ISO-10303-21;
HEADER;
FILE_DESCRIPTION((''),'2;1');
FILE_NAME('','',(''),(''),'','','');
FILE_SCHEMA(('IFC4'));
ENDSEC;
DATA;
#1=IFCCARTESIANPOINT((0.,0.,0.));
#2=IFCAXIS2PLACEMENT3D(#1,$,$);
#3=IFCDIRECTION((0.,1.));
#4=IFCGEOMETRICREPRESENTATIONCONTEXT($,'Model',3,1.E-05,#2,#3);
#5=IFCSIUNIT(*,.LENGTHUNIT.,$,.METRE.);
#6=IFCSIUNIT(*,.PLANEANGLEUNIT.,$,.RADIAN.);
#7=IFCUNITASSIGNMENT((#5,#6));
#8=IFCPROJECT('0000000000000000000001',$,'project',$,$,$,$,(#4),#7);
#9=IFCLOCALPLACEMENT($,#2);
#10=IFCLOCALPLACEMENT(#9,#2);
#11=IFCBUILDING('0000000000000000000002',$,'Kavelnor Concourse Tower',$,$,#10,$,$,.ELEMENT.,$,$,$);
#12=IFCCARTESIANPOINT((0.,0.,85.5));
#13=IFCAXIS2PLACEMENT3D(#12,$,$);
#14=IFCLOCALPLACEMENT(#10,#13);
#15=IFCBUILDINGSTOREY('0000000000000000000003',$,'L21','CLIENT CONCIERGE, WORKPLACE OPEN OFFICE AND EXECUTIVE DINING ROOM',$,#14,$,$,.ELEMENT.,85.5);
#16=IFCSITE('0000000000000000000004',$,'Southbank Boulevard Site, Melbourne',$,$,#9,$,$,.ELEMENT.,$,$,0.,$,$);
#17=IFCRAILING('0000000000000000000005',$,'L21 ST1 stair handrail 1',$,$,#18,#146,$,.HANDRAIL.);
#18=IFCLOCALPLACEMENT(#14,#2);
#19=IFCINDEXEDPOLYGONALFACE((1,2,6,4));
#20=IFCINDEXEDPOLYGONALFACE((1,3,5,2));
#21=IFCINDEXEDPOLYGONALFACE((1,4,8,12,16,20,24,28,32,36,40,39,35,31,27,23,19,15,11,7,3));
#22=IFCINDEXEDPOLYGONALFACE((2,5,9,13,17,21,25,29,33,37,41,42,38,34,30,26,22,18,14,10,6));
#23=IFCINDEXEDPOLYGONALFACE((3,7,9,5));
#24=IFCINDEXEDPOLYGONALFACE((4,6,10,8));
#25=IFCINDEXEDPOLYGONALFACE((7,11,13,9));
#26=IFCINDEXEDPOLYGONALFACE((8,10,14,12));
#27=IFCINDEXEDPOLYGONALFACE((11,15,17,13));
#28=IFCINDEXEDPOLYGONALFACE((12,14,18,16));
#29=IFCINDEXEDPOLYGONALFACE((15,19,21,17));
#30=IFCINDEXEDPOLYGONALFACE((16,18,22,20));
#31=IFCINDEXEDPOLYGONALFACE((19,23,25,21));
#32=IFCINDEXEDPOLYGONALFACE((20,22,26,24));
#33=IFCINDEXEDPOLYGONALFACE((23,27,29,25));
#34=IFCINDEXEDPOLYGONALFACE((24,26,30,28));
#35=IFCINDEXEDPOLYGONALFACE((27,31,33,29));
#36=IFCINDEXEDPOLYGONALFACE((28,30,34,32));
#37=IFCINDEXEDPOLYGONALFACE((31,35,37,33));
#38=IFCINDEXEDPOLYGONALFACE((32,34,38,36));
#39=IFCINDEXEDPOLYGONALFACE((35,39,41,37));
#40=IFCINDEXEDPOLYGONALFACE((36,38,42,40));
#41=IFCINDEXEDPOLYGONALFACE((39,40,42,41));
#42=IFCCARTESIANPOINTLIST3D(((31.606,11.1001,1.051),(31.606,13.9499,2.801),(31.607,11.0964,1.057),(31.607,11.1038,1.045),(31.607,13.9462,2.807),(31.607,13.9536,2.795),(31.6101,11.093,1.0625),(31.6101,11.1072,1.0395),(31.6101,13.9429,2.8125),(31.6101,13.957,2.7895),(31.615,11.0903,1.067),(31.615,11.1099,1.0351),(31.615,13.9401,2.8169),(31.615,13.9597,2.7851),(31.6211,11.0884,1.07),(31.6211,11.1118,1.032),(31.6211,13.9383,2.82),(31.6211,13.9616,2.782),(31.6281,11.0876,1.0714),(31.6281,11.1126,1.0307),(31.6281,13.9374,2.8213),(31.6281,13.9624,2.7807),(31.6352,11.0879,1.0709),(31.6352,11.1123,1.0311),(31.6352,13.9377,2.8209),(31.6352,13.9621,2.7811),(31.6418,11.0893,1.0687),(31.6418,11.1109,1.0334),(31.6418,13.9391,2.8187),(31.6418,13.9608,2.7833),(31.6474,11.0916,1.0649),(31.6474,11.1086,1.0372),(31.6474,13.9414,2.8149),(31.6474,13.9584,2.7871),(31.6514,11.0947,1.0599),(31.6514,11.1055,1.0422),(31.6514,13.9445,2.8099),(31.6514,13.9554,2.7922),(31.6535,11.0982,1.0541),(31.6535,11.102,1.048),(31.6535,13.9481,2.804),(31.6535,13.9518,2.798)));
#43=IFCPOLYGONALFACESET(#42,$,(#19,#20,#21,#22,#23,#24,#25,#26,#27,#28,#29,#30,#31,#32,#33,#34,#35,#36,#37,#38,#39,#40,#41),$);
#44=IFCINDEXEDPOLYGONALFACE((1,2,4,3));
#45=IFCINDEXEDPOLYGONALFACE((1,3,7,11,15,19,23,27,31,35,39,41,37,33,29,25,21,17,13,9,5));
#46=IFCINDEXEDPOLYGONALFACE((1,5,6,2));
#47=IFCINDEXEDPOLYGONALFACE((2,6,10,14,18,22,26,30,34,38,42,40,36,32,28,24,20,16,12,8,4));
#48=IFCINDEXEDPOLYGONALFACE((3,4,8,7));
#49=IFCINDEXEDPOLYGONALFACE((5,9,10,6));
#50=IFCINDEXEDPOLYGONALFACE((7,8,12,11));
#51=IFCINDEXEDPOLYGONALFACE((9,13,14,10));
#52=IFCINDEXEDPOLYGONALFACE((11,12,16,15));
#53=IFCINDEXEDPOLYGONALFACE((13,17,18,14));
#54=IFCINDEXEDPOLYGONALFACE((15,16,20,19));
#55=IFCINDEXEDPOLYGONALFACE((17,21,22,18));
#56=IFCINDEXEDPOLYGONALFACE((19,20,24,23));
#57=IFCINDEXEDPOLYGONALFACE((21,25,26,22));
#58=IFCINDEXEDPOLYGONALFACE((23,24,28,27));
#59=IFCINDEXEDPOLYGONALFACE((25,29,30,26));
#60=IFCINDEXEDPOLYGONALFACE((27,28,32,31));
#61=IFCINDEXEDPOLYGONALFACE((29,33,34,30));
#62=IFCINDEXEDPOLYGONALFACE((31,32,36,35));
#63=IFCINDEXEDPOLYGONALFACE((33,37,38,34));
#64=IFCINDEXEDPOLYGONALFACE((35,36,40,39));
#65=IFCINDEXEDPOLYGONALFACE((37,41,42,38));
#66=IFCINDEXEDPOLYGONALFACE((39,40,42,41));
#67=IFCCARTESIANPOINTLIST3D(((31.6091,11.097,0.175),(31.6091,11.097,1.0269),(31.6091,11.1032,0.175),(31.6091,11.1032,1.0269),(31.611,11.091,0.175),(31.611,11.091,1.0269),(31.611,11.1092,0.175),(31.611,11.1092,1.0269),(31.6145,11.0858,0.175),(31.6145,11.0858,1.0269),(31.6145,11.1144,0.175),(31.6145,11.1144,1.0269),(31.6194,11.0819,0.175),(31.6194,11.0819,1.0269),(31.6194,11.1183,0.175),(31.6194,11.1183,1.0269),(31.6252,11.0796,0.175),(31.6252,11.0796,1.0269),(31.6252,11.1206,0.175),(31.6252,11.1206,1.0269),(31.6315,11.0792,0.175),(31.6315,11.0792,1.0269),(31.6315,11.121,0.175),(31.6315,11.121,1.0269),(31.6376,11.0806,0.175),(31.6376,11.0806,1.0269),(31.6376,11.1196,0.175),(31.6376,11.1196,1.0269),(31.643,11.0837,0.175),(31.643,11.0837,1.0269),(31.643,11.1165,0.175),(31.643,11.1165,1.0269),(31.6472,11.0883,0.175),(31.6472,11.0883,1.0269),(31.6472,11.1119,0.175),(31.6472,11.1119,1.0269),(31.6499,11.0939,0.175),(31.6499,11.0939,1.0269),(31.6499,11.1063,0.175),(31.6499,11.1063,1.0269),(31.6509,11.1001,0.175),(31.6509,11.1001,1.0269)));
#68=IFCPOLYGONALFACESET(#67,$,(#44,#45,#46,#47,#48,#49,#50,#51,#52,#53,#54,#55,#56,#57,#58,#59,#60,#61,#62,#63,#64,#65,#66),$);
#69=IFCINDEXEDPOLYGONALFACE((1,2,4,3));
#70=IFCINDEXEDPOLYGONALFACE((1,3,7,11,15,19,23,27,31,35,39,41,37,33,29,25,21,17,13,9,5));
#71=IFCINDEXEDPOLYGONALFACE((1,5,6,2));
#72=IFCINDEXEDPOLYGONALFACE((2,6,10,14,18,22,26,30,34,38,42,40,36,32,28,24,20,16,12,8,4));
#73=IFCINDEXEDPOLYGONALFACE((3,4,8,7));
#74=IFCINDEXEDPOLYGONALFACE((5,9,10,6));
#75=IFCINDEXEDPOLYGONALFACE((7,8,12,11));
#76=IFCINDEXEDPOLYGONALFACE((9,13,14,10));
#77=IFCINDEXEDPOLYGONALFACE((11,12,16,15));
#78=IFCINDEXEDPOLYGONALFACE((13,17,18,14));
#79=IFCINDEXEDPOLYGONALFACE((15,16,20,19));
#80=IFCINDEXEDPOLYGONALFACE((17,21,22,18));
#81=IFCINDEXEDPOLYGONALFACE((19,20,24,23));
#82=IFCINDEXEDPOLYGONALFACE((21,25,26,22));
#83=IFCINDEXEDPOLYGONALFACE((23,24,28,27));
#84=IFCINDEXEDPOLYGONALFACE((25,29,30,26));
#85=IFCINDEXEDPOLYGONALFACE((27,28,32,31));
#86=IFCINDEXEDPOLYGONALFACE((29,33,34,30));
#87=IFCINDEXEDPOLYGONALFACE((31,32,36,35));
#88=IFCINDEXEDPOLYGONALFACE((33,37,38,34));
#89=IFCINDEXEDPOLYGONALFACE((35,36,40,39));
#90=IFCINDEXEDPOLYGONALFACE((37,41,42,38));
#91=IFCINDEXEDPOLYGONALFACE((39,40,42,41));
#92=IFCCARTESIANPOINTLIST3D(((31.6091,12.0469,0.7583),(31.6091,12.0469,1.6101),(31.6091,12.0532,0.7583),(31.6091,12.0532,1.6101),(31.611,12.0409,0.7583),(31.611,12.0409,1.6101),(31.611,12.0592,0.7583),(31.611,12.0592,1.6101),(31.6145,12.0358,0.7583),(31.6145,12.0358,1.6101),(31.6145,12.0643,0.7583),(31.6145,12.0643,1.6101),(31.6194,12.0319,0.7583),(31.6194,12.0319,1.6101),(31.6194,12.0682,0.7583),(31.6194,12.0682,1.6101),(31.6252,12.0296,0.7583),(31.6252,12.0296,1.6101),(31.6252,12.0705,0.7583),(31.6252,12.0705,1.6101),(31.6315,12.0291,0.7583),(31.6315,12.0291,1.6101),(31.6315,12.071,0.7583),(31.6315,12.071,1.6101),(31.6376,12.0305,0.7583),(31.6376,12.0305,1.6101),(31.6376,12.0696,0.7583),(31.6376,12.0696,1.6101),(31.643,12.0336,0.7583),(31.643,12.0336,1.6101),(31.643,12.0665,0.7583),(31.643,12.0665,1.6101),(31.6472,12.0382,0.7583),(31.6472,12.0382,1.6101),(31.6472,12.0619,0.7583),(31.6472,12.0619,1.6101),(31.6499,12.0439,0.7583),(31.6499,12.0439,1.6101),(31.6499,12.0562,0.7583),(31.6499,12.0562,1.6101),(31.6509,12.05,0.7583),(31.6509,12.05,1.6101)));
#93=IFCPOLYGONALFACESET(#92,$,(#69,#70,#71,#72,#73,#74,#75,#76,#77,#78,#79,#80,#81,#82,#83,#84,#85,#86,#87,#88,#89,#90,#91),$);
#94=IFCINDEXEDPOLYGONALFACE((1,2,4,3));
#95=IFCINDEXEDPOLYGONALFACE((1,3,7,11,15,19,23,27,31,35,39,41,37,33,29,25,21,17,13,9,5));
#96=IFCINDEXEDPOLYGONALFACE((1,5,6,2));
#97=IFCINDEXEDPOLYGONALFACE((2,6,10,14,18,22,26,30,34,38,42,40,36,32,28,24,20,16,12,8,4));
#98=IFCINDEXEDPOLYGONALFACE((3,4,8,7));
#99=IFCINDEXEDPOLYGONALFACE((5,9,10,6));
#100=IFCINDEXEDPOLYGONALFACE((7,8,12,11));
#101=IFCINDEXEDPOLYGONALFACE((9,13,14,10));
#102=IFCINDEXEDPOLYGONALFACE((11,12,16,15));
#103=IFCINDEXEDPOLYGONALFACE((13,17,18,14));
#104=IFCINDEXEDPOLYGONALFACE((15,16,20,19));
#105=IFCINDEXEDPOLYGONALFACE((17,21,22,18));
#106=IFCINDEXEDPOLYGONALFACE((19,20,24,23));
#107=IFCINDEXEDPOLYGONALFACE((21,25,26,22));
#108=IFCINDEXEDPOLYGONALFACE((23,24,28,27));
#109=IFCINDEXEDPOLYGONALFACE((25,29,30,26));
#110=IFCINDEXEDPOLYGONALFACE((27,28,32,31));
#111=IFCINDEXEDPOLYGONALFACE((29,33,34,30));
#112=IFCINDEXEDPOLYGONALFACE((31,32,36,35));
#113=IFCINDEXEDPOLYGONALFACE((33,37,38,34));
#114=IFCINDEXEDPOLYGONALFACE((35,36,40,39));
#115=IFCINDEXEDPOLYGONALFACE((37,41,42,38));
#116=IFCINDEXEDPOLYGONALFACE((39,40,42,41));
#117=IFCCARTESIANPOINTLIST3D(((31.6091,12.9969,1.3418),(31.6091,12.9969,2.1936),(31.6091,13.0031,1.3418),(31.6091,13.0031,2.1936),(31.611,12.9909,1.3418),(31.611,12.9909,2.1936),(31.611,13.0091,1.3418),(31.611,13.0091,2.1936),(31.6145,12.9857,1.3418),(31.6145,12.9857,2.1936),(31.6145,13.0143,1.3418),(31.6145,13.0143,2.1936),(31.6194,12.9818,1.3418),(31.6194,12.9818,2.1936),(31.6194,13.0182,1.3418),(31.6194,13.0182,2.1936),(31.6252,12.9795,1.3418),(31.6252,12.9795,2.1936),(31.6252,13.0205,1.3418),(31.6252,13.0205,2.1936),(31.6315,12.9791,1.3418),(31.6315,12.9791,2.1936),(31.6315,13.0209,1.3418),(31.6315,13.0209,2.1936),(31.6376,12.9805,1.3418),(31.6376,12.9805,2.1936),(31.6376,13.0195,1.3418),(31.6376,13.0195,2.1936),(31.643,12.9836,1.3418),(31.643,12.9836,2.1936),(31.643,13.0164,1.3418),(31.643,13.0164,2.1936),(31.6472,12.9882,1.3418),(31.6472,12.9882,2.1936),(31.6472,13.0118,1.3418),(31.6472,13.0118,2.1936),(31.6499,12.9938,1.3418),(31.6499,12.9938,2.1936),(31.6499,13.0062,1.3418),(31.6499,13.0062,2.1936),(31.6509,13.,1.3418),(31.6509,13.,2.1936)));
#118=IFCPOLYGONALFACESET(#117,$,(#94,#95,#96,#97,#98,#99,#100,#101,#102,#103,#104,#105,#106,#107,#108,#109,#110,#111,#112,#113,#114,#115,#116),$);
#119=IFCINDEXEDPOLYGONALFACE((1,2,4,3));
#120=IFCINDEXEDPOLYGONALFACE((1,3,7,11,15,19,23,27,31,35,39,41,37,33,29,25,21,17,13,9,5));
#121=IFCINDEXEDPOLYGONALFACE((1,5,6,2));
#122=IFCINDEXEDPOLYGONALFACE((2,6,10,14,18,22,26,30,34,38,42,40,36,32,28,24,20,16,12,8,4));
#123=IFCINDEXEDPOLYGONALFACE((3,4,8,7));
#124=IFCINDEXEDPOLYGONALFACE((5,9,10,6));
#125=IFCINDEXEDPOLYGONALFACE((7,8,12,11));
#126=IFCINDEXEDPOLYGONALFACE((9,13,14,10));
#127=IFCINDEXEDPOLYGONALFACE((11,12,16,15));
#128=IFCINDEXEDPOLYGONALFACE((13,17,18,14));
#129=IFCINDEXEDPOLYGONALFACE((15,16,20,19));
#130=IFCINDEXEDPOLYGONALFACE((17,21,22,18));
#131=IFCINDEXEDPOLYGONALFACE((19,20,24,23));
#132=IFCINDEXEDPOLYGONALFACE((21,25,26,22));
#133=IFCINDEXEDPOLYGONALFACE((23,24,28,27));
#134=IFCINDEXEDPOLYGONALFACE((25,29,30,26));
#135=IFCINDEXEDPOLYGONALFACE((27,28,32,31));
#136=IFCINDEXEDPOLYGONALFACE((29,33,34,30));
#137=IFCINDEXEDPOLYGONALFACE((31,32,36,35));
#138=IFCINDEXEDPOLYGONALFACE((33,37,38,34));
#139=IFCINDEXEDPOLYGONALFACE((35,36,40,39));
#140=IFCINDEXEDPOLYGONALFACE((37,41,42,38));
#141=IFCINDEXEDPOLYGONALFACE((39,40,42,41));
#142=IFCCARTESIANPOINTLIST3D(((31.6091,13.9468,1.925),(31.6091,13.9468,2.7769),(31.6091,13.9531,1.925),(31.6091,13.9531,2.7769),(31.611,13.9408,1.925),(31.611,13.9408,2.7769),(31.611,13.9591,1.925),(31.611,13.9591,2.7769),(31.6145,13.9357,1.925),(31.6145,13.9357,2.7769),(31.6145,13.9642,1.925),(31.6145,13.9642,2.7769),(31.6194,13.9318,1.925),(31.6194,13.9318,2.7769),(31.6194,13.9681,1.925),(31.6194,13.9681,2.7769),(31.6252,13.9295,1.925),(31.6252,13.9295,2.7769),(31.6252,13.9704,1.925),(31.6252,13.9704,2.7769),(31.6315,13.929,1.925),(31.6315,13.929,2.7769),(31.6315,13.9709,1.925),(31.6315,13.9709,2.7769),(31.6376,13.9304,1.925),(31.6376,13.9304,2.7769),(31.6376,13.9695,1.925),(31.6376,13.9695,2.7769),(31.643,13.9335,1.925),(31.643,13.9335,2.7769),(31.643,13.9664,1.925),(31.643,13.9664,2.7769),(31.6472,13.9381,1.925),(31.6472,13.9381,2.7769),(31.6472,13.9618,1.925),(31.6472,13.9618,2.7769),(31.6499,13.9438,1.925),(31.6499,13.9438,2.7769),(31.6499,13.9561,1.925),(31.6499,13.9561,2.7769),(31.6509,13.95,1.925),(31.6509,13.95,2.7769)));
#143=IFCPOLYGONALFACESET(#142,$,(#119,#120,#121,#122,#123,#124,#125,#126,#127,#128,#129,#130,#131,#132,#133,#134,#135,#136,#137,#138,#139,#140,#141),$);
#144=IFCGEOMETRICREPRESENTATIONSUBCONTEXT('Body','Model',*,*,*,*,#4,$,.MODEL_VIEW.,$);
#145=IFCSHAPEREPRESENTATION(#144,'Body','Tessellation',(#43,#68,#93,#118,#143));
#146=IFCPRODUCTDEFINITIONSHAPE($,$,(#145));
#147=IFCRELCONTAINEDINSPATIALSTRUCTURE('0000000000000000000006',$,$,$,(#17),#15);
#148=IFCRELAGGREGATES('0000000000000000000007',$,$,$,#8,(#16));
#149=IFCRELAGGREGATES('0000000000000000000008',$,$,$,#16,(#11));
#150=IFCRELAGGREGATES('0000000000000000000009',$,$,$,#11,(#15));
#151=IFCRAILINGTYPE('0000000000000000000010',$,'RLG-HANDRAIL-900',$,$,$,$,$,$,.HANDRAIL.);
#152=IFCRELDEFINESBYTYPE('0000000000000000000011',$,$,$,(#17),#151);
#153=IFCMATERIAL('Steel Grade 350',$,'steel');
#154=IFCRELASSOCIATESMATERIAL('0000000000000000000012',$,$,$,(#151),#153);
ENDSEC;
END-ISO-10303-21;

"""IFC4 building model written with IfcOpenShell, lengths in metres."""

from ifc_helpers import new_model, si_unit, direction, frame, origin, origin_2d, place, context, subcontext, project, spatial, circle, extrude, material, type_object, element, save


model = new_model("IFC4")

# Units and contexts
model_context = context("Model", 3, precision=1e-05, world=origin(), true_north=direction((0.0, 1.0)))
body_context = subcontext(model_context, "Body", "Model", "MODEL_VIEW")
ifc_project = project(units=[si_unit("LENGTHUNIT", "METRE"), si_unit("PLANEANGLEUNIT", "RADIAN")], contexts=[model_context])

# Site, building, storey
site_placement = place(None, origin())
site = spatial("IfcSite", under=ifc_project, at=site_placement, Name="Southbank Boulevard Site, Melbourne", CompositionType="ELEMENT", RefElevation=0.0)
building_placement = place(site_placement, origin())
building = spatial("IfcBuilding", under=site, at=building_placement, Name="Kavelnor Concourse Tower", CompositionType="ELEMENT")
storey_placement = place(building_placement, frame((0.0, 0.0, 85.5)))
storey = spatial("IfcBuildingStorey", under=building, at=storey_placement, Name="L21", Description="CLIENT CONCIERGE, WORKPLACE OPEN OFFICE AND EXECUTIVE DINING ROOM", CompositionType="ELEMENT", Elevation=85.5)

# Shared definitions
ifc_material_1 = material(Name="Steel Grade 350", Category="steel")

# Railing
railing_type_1 = type_object("IfcRailingType", Name="RLG-HANDRAIL-900", PredefinedType="HANDRAIL", material=ifc_material_1)
railing_1_placement = place(storey_placement, frame((31.6299, 11.1001, 0.175)))
element("IfcRailing", 1, at=railing_1_placement, inside=storey, type_object=railing_type_1, Name="L21 ST1 stair handrail 1", PredefinedType="HANDRAIL", context=body_context, shape_type="SweptSolid", body=[
    extrude(circle(Radius=0.0239, at=origin_2d()), frame((0.0, 0.0, 0.876), z_axis=(0.0, 0.852159, 0.523283), x_axis=(-1.0, 0.0, 0.0)), (0.0, 0.0, 1.0), 3.3442),
    extrude(circle(Radius=0.021, at=origin_2d()), origin(), (0.0, 0.0, 1.0), 0.8518),
    extrude(circle(Radius=0.021, at=origin_2d()), frame((0.0, 0.95, 0.5833)), (0.0, 0.0, 1.0), 0.8518),
    extrude(circle(Radius=0.021, at=origin_2d()), frame((0.0, 1.8999, 1.1667)), (0.0, 0.0, 1.0), 0.8518),
    extrude(circle(Radius=0.021, at=origin_2d()), frame((0.0, 2.8499, 1.75)), (0.0, 0.0, 1.0), 0.8518),
])

save(model, "model.ifc")
